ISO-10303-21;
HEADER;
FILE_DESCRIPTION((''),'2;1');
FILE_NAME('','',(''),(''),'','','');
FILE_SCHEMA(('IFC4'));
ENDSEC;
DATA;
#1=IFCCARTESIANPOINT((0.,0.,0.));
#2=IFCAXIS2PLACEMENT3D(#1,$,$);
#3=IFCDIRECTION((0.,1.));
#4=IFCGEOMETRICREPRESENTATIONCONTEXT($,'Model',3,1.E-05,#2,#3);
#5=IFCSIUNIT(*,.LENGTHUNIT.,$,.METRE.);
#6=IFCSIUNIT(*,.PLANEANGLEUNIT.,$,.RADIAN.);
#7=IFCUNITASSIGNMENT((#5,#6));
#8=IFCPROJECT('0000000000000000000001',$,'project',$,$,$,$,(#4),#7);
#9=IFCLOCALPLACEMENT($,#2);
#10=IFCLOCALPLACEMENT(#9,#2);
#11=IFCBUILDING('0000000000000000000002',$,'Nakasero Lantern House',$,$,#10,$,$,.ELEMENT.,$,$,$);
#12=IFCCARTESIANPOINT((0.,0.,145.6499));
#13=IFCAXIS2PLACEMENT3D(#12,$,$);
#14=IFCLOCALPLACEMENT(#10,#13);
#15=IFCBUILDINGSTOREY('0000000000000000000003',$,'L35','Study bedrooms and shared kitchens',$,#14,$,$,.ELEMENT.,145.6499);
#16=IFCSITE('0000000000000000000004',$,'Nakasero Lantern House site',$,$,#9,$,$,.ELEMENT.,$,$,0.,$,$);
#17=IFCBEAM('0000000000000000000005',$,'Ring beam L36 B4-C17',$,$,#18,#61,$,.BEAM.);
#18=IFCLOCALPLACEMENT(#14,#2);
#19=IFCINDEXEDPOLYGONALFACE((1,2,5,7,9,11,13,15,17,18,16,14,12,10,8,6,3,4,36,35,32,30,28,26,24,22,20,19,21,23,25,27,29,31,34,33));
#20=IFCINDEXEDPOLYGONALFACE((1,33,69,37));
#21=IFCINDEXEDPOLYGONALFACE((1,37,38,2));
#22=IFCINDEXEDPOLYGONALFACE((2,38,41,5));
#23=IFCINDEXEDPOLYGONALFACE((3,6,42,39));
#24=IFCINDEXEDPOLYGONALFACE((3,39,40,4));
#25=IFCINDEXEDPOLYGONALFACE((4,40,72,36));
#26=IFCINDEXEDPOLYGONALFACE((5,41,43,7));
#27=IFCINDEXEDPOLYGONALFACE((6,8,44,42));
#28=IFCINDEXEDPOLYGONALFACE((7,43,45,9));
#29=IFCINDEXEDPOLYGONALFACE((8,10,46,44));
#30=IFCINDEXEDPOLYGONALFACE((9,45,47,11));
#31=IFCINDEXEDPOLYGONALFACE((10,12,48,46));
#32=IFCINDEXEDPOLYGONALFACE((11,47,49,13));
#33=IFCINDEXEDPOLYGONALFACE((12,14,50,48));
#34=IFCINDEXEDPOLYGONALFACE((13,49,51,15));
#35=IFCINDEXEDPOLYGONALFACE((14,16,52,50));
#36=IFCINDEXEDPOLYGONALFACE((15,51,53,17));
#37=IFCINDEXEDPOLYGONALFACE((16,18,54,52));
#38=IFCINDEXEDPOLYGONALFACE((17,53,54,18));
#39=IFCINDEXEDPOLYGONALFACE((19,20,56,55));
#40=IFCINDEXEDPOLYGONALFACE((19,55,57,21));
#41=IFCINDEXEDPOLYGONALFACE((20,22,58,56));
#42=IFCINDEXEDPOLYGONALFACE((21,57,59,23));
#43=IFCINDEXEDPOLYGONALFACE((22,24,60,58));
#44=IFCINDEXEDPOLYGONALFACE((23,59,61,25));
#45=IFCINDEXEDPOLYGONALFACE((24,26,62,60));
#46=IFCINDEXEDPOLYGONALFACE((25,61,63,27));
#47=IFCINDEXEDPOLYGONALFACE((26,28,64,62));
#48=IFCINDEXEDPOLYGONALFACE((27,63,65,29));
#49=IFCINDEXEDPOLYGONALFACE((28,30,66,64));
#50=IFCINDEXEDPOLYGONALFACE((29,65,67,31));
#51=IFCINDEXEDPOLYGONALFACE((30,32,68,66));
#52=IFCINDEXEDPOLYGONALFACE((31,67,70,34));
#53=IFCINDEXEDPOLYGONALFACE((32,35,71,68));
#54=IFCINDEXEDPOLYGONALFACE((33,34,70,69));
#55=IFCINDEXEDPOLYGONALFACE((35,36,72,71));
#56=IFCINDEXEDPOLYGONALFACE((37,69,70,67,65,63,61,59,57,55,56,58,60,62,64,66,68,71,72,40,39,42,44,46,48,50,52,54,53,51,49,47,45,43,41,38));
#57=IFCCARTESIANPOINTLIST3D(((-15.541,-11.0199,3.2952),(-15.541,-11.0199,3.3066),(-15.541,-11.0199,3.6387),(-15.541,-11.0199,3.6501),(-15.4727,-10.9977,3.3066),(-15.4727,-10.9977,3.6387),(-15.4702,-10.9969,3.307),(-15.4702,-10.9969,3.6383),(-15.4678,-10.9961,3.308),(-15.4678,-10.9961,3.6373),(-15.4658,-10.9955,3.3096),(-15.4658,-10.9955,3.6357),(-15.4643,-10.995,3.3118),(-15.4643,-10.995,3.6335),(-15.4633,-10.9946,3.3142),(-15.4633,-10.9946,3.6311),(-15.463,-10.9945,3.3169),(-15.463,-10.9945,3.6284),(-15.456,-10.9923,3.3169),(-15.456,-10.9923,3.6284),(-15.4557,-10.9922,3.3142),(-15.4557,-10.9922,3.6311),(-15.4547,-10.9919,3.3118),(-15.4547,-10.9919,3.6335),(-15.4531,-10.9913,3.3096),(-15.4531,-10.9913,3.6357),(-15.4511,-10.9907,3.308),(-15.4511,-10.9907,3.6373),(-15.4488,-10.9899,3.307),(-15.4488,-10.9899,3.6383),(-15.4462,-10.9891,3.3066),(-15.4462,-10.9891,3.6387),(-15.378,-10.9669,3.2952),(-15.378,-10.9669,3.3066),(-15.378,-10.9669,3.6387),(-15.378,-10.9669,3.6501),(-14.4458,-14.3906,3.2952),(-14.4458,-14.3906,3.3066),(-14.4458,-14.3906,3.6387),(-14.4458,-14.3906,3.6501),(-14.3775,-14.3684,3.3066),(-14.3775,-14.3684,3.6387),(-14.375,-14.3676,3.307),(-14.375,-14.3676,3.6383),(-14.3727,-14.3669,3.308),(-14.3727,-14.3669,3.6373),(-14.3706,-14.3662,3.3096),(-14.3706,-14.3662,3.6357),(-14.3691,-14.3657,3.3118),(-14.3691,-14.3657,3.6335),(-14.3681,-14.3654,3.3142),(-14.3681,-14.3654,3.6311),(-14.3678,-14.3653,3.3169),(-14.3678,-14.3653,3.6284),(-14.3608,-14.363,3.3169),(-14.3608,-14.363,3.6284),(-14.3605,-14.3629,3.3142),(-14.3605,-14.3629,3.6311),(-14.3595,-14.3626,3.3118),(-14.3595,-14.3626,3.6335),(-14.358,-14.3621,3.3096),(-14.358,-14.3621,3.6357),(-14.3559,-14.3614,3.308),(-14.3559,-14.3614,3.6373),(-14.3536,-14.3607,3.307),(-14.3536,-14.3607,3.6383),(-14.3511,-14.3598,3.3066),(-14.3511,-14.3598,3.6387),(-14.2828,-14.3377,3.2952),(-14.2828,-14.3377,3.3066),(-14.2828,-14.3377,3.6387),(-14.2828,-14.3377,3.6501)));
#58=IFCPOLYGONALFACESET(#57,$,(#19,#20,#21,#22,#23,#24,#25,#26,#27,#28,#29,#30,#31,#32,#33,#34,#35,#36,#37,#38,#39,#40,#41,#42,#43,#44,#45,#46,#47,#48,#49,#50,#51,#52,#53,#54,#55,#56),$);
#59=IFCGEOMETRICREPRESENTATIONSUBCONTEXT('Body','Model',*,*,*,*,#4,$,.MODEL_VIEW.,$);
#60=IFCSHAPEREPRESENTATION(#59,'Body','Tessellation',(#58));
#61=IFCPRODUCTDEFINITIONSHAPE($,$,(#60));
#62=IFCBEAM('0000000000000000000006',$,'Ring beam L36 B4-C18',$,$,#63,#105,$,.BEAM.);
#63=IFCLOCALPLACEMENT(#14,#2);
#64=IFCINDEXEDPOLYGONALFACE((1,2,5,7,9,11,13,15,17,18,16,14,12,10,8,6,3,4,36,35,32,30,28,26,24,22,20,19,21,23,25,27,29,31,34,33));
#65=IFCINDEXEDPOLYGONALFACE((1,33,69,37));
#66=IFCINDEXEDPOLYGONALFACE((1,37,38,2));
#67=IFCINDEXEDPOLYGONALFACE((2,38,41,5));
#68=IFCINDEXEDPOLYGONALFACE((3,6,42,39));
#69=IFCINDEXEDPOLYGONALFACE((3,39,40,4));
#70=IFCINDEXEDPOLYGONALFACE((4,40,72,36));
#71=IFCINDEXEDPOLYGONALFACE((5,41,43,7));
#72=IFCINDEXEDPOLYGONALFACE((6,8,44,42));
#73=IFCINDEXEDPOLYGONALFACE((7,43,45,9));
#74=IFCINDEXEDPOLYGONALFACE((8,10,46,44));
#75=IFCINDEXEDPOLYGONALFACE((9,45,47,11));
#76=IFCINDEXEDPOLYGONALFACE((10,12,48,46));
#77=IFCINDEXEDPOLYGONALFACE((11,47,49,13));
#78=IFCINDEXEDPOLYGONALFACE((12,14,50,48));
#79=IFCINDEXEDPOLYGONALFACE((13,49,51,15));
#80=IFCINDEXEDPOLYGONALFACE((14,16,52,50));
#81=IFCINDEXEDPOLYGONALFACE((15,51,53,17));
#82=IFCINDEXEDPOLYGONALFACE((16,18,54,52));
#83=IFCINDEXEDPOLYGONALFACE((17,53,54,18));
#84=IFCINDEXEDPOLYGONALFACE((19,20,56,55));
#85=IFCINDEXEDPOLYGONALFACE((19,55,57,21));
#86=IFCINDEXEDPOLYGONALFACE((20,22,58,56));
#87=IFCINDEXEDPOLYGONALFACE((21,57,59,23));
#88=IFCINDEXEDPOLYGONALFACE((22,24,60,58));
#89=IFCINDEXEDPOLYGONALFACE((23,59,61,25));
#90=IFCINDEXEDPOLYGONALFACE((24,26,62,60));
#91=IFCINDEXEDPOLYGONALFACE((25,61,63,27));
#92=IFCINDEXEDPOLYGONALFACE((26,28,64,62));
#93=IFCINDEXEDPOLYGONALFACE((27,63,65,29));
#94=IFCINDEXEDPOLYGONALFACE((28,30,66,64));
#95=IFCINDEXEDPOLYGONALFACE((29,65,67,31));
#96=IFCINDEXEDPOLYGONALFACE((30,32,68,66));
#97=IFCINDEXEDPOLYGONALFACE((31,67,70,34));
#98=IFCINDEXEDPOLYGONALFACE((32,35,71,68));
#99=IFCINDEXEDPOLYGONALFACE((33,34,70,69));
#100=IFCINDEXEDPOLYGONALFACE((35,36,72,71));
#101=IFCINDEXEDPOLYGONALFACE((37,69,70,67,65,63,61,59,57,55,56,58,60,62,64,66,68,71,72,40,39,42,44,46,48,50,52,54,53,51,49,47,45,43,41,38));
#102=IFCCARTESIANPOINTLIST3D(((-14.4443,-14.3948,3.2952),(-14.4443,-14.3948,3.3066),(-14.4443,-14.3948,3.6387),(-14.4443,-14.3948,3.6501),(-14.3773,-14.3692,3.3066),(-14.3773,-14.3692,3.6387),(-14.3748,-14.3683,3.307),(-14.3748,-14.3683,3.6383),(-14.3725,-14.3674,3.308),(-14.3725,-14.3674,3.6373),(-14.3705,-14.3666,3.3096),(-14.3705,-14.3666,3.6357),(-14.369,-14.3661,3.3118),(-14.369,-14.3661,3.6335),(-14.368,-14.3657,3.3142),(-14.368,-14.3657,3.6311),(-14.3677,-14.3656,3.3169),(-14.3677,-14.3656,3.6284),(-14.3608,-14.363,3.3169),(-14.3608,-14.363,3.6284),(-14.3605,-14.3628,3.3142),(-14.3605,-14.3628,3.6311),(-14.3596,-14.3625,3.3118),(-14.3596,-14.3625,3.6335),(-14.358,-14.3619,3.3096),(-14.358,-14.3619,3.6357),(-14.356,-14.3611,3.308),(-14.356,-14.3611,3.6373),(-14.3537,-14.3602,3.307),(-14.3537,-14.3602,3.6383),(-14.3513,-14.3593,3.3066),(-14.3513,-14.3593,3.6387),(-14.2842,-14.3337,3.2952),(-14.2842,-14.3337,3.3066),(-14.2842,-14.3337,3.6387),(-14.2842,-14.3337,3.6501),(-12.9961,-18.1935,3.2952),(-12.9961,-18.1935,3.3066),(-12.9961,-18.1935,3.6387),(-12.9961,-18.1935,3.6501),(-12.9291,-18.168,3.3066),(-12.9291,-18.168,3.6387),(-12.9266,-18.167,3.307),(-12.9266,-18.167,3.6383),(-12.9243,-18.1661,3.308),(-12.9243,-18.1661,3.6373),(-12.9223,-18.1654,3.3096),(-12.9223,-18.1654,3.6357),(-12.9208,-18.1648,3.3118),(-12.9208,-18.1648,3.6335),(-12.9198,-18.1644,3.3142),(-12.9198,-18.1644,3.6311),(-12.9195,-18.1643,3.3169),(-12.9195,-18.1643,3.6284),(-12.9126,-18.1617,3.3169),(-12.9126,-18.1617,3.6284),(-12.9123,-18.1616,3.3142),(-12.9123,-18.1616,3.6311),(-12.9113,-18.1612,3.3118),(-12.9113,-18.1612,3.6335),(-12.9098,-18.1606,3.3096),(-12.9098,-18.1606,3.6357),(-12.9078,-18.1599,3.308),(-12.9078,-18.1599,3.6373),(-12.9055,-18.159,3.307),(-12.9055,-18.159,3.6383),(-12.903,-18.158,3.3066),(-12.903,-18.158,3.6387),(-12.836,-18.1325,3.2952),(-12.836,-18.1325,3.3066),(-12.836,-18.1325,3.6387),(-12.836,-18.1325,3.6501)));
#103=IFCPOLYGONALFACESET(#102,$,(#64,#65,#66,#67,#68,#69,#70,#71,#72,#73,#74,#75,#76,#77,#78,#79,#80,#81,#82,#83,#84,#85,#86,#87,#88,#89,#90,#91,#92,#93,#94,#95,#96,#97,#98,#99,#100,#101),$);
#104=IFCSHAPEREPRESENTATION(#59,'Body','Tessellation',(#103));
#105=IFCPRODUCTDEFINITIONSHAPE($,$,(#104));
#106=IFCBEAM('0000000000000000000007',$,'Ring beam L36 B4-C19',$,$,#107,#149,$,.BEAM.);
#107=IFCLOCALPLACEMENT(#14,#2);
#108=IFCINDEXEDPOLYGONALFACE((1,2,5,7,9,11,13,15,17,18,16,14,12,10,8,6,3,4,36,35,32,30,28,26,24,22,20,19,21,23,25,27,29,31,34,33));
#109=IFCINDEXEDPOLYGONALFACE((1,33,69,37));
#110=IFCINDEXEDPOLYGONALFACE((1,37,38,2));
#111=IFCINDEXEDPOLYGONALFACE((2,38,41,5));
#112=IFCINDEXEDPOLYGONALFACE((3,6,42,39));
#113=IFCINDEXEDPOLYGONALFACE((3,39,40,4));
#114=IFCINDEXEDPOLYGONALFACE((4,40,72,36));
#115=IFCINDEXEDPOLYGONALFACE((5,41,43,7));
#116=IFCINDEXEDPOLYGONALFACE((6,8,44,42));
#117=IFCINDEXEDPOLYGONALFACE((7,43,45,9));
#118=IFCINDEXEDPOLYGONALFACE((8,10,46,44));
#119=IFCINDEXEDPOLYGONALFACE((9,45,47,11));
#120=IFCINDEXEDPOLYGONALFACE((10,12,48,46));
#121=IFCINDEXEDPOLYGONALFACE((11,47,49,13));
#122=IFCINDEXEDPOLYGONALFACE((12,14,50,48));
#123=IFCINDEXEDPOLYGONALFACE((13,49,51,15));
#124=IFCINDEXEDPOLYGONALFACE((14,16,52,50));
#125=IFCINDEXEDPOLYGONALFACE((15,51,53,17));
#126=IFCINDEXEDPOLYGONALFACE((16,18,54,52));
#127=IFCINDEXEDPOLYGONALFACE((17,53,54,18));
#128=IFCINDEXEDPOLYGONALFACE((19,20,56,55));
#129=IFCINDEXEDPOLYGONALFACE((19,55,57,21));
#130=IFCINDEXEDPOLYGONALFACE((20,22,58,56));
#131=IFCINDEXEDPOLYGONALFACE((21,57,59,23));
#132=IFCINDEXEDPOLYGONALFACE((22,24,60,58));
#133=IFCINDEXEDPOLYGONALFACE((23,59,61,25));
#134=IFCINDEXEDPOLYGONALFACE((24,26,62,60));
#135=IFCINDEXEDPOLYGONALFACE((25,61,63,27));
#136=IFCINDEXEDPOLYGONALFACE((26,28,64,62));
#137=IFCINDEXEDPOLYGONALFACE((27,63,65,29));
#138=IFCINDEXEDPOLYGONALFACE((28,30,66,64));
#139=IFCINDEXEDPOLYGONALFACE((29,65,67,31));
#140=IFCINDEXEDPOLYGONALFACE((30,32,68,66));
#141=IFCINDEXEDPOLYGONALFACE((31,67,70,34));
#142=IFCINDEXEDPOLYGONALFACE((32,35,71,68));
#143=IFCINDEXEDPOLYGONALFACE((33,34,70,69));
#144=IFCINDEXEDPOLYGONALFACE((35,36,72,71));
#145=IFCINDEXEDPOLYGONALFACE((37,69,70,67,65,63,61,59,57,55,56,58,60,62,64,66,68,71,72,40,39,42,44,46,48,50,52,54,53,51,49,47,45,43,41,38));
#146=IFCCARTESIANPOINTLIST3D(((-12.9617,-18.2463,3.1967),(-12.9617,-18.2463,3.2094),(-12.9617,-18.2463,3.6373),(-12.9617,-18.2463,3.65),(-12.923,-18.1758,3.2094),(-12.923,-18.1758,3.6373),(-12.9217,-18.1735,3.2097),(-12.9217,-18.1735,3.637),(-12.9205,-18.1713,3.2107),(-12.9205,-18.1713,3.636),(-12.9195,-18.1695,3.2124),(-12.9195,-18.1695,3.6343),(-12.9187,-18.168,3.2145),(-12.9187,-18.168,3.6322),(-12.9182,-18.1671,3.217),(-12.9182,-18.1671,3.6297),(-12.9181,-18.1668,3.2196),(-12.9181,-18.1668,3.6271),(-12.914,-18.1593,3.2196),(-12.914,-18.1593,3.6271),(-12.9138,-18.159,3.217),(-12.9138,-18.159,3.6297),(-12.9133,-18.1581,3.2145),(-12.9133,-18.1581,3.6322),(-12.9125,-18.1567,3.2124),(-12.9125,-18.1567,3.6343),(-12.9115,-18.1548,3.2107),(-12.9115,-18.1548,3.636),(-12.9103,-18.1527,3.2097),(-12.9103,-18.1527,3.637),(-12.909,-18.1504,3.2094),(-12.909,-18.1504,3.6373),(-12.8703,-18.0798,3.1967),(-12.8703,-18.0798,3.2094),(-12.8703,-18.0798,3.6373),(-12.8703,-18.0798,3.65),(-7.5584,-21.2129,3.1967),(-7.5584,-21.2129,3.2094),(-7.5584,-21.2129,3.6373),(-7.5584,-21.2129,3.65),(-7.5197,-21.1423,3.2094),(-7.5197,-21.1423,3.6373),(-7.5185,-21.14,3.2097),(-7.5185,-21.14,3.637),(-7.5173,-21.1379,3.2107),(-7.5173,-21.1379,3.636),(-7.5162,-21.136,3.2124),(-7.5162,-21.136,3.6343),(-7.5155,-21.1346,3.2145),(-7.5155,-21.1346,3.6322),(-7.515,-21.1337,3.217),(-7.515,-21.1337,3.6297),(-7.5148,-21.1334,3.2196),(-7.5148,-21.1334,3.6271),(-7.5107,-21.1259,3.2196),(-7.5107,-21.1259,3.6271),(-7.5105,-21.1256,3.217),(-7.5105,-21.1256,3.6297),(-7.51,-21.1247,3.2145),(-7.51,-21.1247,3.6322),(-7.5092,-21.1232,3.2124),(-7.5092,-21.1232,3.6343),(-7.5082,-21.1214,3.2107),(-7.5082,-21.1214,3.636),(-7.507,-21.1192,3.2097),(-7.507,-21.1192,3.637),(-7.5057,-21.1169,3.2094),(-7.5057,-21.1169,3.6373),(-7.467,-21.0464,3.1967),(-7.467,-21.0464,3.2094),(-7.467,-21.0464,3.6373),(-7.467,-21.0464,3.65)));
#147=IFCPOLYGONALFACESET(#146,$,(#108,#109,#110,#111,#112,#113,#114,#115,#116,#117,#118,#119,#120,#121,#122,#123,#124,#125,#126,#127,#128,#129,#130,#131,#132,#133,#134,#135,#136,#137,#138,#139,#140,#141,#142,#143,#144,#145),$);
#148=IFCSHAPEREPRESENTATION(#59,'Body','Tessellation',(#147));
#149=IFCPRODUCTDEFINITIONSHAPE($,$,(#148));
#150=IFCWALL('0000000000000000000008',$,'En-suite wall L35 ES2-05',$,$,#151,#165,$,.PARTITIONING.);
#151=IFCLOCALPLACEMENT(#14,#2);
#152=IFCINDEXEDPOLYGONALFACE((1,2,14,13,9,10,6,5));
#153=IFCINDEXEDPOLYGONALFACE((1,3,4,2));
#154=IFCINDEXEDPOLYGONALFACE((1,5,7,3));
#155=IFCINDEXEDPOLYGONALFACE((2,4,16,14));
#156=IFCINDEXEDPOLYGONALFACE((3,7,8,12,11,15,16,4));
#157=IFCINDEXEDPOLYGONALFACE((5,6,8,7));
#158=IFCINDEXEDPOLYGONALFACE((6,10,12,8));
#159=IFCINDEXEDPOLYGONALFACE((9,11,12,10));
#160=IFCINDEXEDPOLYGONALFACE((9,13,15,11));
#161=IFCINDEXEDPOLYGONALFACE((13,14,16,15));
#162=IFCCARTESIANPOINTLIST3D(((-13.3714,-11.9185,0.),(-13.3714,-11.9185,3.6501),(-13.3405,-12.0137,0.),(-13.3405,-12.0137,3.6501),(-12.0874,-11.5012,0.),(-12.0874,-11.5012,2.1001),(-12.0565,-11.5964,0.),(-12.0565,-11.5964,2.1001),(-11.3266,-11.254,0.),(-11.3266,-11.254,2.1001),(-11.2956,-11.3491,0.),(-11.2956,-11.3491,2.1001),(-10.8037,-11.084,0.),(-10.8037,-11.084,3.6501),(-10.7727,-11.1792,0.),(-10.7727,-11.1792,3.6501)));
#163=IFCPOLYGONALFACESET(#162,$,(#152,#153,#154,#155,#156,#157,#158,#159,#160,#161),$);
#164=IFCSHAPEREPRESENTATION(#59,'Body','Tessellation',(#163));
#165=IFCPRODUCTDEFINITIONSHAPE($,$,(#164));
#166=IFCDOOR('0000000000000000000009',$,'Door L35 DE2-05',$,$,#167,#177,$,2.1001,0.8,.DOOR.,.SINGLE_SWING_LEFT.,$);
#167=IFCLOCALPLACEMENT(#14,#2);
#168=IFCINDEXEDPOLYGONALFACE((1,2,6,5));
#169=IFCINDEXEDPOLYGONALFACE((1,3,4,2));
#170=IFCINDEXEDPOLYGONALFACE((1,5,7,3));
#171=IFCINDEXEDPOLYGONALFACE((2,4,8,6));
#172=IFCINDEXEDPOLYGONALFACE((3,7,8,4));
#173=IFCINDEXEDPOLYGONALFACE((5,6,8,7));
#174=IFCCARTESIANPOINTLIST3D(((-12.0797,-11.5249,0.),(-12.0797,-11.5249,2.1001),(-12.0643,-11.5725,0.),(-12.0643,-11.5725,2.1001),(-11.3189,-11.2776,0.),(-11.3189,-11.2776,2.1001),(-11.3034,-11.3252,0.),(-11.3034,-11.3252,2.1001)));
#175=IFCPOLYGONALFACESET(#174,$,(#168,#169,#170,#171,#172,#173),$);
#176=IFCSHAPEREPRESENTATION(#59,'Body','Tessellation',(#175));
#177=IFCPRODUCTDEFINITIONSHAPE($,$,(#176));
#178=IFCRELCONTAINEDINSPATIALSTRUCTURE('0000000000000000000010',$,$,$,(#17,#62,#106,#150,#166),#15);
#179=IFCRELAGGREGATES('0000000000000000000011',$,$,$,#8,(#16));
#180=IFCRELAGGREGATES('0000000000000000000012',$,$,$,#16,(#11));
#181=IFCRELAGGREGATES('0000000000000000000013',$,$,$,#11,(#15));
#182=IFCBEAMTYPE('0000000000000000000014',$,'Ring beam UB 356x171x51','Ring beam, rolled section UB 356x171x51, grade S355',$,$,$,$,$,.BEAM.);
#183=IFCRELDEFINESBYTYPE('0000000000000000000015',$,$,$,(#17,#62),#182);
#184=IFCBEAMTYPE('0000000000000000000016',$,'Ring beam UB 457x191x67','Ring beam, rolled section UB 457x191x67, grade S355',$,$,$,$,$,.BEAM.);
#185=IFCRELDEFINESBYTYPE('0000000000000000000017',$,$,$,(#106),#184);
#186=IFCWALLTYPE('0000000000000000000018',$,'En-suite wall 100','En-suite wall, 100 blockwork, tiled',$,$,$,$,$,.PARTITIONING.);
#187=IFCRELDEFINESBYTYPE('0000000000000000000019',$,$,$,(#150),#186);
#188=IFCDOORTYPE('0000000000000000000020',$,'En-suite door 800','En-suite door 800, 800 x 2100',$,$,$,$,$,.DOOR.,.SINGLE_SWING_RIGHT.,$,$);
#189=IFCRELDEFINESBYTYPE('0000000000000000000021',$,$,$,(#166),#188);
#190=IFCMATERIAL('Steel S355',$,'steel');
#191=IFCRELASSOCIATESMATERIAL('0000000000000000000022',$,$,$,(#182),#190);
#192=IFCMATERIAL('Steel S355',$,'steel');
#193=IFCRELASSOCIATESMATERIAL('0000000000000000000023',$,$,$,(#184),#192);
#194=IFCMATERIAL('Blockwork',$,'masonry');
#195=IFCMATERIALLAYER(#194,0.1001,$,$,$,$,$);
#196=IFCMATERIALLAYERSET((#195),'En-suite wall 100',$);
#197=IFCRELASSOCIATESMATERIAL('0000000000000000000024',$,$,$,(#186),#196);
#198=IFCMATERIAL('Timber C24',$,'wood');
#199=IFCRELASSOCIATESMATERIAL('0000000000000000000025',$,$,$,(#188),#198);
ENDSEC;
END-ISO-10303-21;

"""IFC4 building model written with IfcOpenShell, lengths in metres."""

from ifc_helpers import new_model, si_unit, direction, frame, frame_2d, origin, origin_2d, place, context, subcontext, project, spatial, rectangle, i_section, extrude, material, layer, layer_set, material_profile, profile_set, type_object, element, fill, save


model = new_model("IFC4")

# Units and contexts
model_context = context("Model", 3, precision=1e-05, world=origin(), true_north=direction((0.0, 1.0)))
body_context = subcontext(model_context, "Body", "Model", "MODEL_VIEW")
ifc_project = project(units=[si_unit("LENGTHUNIT", "METRE"), si_unit("PLANEANGLEUNIT", "RADIAN")], contexts=[model_context])

# Site, building, storey
site_placement = place(None, origin())
site = spatial("IfcSite", under=ifc_project, at=site_placement, Name="Nakasero Lantern House site", CompositionType="ELEMENT", RefElevation=0.0)
building_placement = place(site_placement, origin())
building = spatial("IfcBuilding", under=site, at=building_placement, Name="Nakasero Lantern House", CompositionType="ELEMENT")
storey_placement = place(building_placement, frame((0.0, 0.0, 145.6499)))
storey = spatial("IfcBuildingStorey", under=building, at=storey_placement, Name="L35", Description="Study bedrooms and shared kitchens", CompositionType="ELEMENT", Elevation=145.6499)

# Beams
ifc_material_1 = material(Name="Steel S355", Category="steel")
ifc_material_profile_1 = material_profile(ifc_material_1, i_section(OverallWidth=0.1714, OverallDepth=0.355, WebThickness=0.0073, FlangeThickness=0.0115, FilletRadius=0.0103, at=origin_2d()), Name="UB 356x171x51")
ifc_profile_set_1 = profile_set([ifc_material_profile_1], Name="Steel S355")
beam_type_1 = type_object("IfcBeamType", Name="Ring beam UB 356x171x51", Description="Ring beam, rolled section UB 356x171x51, grade S355", PredefinedType="BEAM", material=ifc_profile_set_1)
beam_1_placement = place(storey_placement, frame((-15.4595, -10.9934, 3.4727), z_axis=(0.309007, -0.95106, 0.0), x_axis=(0.95106, 0.309007, 0.0)))
element("IfcBeam", 1, at=beam_1_placement, inside=storey, type_object=beam_type_1, Name="Ring beam L36 B4-C17", PredefinedType="BEAM", context=body_context, shape_type="SweptSolid", body=[
    extrude(i_section(OverallWidth=0.1714, OverallDepth=0.355, WebThickness=0.0073, FlangeThickness=0.0115, FilletRadius=0.0103, at=origin_2d()), origin(), (0.0, 0.0, 1.0), 3.5442),
])
beam_2_placement = place(storey_placement, frame((-14.3643, -14.3643, 3.4727), z_axis=(0.356225, -0.9344, 0.0), x_axis=(0.9344, 0.356225, 0.0)))
element("IfcBeam", 2, at=beam_2_placement, inside=storey, type_object=beam_type_1, Name="Ring beam L36 B4-C18", PredefinedType="BEAM", context=body_context, shape_type="SweptSolid", body=[
    extrude(i_section(OverallWidth=0.1714, OverallDepth=0.355, WebThickness=0.0073, FlangeThickness=0.0115, FilletRadius=0.0103, at=origin_2d()), origin(), (0.0, 0.0, 1.0), 4.0654),
])
ifc_material_2 = material(Name="Steel S355", Category="steel")
ifc_material_profile_2 = material_profile(ifc_material_2, i_section(OverallWidth=0.1899, OverallDepth=0.4534, WebThickness=0.0085, FlangeThickness=0.0127, FilletRadius=0.0103, at=origin_2d()), Name="UB 457x191x67")
ifc_profile_set_2 = profile_set([ifc_material_profile_2], Name="Steel S355")
beam_type_2 = type_object("IfcBeamType", Name="Ring beam UB 457x191x67", Description="Ring beam, rolled section UB 457x191x67, grade S355", PredefinedType="BEAM", material=ifc_profile_set_2)
beam_3_placement = place(storey_placement, frame((-12.916, -18.1631, 3.4233), z_axis=(0.876577, -0.481262, 0.0), x_axis=(0.481262, 0.876577, 0.0)))
element("IfcBeam", 3, at=beam_3_placement, inside=storey, type_object=beam_type_2, Name="Ring beam L36 B4-C19", PredefinedType="BEAM", context=body_context, shape_type="SweptSolid", body=[
    extrude(i_section(OverallWidth=0.1899, OverallDepth=0.4534, WebThickness=0.0085, FlangeThickness=0.0127, FilletRadius=0.0103, at=origin_2d()), origin(), (0.0, 0.0, 1.0), 6.1641),
])

# Wall, opening, door
ifc_material_3 = material(Name="Blockwork", Category="masonry")
ifc_layer_1 = layer(ifc_material_3, 0.1001)
ifc_layer_set_1 = layer_set([ifc_layer_1], Name="En-suite wall 100")
wall_type_1 = type_object("IfcWallType", Name="En-suite wall 100", Description="En-suite wall, 100 blockwork, tiled", PredefinedType="PARTITIONING", material=ifc_layer_set_1)
wall_1_placement = place(storey_placement, frame((-10.7881, -11.1316, 0.0), z_axis=(0.0, 0.0, 1.0), x_axis=(-0.951043, -0.309057, 0.0)))
wall_1 = element("IfcWall", 4, at=wall_1_placement, inside=storey, type_object=wall_type_1, Name="En-suite wall L35 ES2-05", PredefinedType="PARTITIONING", context=body_context, shape_type="SweptSolid", body=[
    extrude(rectangle(XDim=2.7, YDim=0.1001, at=frame_2d((1.3501, 0.0))), origin(), (0.0, 0.0, 1.0), 3.6501),
])
opening_1_placement = place(wall_1_placement, frame((0.55, 0.0, 0.0)))
opening_1 = element("IfcOpeningElement", 5, at=opening_1_placement, cuts=wall_1, PredefinedType="OPENING", context=body_context, shape_type="SweptSolid", body=[
    extrude(rectangle(XDim=0.8, YDim=2.1001, at=frame_2d((0.3999, 1.05))), frame((0.0, 0.0701, 0.0), z_axis=(0.0, -1.0, 0.0), x_axis=(1.0, 0.0, 0.0)), (0.0, 0.0, 1.0), 0.1401),
])
ifc_material_4 = material(Name="Timber C24", Category="wood")
door_type = type_object("IfcDoorType", Name="En-suite door 800", Description="En-suite door 800, 800 x 2100", OperationType="SINGLE_SWING_RIGHT", PredefinedType="DOOR", material=ifc_material_4)
door_1_placement = place(opening_1_placement, origin())
door_1 = element("IfcDoor", 6, at=door_1_placement, inside=storey, type_object=door_type, Name="Door L35 DE2-05", OperationType="SINGLE_SWING_LEFT", OverallHeight=2.1001, OverallWidth=0.8, PredefinedType="DOOR", context=body_context, shape_type="SweptSolid", body=[
    extrude(rectangle(XDim=0.8, YDim=2.1001, at=frame_2d((0.3999, 1.05))), frame((0.0, 0.0249, 0.0), z_axis=(0.0, -1.0, 0.0), x_axis=(1.0, 0.0, 0.0)), (0.0, 0.0, 1.0), 0.05),
])
fill(opening_1, door_1)

save(model, "model.ifc")
